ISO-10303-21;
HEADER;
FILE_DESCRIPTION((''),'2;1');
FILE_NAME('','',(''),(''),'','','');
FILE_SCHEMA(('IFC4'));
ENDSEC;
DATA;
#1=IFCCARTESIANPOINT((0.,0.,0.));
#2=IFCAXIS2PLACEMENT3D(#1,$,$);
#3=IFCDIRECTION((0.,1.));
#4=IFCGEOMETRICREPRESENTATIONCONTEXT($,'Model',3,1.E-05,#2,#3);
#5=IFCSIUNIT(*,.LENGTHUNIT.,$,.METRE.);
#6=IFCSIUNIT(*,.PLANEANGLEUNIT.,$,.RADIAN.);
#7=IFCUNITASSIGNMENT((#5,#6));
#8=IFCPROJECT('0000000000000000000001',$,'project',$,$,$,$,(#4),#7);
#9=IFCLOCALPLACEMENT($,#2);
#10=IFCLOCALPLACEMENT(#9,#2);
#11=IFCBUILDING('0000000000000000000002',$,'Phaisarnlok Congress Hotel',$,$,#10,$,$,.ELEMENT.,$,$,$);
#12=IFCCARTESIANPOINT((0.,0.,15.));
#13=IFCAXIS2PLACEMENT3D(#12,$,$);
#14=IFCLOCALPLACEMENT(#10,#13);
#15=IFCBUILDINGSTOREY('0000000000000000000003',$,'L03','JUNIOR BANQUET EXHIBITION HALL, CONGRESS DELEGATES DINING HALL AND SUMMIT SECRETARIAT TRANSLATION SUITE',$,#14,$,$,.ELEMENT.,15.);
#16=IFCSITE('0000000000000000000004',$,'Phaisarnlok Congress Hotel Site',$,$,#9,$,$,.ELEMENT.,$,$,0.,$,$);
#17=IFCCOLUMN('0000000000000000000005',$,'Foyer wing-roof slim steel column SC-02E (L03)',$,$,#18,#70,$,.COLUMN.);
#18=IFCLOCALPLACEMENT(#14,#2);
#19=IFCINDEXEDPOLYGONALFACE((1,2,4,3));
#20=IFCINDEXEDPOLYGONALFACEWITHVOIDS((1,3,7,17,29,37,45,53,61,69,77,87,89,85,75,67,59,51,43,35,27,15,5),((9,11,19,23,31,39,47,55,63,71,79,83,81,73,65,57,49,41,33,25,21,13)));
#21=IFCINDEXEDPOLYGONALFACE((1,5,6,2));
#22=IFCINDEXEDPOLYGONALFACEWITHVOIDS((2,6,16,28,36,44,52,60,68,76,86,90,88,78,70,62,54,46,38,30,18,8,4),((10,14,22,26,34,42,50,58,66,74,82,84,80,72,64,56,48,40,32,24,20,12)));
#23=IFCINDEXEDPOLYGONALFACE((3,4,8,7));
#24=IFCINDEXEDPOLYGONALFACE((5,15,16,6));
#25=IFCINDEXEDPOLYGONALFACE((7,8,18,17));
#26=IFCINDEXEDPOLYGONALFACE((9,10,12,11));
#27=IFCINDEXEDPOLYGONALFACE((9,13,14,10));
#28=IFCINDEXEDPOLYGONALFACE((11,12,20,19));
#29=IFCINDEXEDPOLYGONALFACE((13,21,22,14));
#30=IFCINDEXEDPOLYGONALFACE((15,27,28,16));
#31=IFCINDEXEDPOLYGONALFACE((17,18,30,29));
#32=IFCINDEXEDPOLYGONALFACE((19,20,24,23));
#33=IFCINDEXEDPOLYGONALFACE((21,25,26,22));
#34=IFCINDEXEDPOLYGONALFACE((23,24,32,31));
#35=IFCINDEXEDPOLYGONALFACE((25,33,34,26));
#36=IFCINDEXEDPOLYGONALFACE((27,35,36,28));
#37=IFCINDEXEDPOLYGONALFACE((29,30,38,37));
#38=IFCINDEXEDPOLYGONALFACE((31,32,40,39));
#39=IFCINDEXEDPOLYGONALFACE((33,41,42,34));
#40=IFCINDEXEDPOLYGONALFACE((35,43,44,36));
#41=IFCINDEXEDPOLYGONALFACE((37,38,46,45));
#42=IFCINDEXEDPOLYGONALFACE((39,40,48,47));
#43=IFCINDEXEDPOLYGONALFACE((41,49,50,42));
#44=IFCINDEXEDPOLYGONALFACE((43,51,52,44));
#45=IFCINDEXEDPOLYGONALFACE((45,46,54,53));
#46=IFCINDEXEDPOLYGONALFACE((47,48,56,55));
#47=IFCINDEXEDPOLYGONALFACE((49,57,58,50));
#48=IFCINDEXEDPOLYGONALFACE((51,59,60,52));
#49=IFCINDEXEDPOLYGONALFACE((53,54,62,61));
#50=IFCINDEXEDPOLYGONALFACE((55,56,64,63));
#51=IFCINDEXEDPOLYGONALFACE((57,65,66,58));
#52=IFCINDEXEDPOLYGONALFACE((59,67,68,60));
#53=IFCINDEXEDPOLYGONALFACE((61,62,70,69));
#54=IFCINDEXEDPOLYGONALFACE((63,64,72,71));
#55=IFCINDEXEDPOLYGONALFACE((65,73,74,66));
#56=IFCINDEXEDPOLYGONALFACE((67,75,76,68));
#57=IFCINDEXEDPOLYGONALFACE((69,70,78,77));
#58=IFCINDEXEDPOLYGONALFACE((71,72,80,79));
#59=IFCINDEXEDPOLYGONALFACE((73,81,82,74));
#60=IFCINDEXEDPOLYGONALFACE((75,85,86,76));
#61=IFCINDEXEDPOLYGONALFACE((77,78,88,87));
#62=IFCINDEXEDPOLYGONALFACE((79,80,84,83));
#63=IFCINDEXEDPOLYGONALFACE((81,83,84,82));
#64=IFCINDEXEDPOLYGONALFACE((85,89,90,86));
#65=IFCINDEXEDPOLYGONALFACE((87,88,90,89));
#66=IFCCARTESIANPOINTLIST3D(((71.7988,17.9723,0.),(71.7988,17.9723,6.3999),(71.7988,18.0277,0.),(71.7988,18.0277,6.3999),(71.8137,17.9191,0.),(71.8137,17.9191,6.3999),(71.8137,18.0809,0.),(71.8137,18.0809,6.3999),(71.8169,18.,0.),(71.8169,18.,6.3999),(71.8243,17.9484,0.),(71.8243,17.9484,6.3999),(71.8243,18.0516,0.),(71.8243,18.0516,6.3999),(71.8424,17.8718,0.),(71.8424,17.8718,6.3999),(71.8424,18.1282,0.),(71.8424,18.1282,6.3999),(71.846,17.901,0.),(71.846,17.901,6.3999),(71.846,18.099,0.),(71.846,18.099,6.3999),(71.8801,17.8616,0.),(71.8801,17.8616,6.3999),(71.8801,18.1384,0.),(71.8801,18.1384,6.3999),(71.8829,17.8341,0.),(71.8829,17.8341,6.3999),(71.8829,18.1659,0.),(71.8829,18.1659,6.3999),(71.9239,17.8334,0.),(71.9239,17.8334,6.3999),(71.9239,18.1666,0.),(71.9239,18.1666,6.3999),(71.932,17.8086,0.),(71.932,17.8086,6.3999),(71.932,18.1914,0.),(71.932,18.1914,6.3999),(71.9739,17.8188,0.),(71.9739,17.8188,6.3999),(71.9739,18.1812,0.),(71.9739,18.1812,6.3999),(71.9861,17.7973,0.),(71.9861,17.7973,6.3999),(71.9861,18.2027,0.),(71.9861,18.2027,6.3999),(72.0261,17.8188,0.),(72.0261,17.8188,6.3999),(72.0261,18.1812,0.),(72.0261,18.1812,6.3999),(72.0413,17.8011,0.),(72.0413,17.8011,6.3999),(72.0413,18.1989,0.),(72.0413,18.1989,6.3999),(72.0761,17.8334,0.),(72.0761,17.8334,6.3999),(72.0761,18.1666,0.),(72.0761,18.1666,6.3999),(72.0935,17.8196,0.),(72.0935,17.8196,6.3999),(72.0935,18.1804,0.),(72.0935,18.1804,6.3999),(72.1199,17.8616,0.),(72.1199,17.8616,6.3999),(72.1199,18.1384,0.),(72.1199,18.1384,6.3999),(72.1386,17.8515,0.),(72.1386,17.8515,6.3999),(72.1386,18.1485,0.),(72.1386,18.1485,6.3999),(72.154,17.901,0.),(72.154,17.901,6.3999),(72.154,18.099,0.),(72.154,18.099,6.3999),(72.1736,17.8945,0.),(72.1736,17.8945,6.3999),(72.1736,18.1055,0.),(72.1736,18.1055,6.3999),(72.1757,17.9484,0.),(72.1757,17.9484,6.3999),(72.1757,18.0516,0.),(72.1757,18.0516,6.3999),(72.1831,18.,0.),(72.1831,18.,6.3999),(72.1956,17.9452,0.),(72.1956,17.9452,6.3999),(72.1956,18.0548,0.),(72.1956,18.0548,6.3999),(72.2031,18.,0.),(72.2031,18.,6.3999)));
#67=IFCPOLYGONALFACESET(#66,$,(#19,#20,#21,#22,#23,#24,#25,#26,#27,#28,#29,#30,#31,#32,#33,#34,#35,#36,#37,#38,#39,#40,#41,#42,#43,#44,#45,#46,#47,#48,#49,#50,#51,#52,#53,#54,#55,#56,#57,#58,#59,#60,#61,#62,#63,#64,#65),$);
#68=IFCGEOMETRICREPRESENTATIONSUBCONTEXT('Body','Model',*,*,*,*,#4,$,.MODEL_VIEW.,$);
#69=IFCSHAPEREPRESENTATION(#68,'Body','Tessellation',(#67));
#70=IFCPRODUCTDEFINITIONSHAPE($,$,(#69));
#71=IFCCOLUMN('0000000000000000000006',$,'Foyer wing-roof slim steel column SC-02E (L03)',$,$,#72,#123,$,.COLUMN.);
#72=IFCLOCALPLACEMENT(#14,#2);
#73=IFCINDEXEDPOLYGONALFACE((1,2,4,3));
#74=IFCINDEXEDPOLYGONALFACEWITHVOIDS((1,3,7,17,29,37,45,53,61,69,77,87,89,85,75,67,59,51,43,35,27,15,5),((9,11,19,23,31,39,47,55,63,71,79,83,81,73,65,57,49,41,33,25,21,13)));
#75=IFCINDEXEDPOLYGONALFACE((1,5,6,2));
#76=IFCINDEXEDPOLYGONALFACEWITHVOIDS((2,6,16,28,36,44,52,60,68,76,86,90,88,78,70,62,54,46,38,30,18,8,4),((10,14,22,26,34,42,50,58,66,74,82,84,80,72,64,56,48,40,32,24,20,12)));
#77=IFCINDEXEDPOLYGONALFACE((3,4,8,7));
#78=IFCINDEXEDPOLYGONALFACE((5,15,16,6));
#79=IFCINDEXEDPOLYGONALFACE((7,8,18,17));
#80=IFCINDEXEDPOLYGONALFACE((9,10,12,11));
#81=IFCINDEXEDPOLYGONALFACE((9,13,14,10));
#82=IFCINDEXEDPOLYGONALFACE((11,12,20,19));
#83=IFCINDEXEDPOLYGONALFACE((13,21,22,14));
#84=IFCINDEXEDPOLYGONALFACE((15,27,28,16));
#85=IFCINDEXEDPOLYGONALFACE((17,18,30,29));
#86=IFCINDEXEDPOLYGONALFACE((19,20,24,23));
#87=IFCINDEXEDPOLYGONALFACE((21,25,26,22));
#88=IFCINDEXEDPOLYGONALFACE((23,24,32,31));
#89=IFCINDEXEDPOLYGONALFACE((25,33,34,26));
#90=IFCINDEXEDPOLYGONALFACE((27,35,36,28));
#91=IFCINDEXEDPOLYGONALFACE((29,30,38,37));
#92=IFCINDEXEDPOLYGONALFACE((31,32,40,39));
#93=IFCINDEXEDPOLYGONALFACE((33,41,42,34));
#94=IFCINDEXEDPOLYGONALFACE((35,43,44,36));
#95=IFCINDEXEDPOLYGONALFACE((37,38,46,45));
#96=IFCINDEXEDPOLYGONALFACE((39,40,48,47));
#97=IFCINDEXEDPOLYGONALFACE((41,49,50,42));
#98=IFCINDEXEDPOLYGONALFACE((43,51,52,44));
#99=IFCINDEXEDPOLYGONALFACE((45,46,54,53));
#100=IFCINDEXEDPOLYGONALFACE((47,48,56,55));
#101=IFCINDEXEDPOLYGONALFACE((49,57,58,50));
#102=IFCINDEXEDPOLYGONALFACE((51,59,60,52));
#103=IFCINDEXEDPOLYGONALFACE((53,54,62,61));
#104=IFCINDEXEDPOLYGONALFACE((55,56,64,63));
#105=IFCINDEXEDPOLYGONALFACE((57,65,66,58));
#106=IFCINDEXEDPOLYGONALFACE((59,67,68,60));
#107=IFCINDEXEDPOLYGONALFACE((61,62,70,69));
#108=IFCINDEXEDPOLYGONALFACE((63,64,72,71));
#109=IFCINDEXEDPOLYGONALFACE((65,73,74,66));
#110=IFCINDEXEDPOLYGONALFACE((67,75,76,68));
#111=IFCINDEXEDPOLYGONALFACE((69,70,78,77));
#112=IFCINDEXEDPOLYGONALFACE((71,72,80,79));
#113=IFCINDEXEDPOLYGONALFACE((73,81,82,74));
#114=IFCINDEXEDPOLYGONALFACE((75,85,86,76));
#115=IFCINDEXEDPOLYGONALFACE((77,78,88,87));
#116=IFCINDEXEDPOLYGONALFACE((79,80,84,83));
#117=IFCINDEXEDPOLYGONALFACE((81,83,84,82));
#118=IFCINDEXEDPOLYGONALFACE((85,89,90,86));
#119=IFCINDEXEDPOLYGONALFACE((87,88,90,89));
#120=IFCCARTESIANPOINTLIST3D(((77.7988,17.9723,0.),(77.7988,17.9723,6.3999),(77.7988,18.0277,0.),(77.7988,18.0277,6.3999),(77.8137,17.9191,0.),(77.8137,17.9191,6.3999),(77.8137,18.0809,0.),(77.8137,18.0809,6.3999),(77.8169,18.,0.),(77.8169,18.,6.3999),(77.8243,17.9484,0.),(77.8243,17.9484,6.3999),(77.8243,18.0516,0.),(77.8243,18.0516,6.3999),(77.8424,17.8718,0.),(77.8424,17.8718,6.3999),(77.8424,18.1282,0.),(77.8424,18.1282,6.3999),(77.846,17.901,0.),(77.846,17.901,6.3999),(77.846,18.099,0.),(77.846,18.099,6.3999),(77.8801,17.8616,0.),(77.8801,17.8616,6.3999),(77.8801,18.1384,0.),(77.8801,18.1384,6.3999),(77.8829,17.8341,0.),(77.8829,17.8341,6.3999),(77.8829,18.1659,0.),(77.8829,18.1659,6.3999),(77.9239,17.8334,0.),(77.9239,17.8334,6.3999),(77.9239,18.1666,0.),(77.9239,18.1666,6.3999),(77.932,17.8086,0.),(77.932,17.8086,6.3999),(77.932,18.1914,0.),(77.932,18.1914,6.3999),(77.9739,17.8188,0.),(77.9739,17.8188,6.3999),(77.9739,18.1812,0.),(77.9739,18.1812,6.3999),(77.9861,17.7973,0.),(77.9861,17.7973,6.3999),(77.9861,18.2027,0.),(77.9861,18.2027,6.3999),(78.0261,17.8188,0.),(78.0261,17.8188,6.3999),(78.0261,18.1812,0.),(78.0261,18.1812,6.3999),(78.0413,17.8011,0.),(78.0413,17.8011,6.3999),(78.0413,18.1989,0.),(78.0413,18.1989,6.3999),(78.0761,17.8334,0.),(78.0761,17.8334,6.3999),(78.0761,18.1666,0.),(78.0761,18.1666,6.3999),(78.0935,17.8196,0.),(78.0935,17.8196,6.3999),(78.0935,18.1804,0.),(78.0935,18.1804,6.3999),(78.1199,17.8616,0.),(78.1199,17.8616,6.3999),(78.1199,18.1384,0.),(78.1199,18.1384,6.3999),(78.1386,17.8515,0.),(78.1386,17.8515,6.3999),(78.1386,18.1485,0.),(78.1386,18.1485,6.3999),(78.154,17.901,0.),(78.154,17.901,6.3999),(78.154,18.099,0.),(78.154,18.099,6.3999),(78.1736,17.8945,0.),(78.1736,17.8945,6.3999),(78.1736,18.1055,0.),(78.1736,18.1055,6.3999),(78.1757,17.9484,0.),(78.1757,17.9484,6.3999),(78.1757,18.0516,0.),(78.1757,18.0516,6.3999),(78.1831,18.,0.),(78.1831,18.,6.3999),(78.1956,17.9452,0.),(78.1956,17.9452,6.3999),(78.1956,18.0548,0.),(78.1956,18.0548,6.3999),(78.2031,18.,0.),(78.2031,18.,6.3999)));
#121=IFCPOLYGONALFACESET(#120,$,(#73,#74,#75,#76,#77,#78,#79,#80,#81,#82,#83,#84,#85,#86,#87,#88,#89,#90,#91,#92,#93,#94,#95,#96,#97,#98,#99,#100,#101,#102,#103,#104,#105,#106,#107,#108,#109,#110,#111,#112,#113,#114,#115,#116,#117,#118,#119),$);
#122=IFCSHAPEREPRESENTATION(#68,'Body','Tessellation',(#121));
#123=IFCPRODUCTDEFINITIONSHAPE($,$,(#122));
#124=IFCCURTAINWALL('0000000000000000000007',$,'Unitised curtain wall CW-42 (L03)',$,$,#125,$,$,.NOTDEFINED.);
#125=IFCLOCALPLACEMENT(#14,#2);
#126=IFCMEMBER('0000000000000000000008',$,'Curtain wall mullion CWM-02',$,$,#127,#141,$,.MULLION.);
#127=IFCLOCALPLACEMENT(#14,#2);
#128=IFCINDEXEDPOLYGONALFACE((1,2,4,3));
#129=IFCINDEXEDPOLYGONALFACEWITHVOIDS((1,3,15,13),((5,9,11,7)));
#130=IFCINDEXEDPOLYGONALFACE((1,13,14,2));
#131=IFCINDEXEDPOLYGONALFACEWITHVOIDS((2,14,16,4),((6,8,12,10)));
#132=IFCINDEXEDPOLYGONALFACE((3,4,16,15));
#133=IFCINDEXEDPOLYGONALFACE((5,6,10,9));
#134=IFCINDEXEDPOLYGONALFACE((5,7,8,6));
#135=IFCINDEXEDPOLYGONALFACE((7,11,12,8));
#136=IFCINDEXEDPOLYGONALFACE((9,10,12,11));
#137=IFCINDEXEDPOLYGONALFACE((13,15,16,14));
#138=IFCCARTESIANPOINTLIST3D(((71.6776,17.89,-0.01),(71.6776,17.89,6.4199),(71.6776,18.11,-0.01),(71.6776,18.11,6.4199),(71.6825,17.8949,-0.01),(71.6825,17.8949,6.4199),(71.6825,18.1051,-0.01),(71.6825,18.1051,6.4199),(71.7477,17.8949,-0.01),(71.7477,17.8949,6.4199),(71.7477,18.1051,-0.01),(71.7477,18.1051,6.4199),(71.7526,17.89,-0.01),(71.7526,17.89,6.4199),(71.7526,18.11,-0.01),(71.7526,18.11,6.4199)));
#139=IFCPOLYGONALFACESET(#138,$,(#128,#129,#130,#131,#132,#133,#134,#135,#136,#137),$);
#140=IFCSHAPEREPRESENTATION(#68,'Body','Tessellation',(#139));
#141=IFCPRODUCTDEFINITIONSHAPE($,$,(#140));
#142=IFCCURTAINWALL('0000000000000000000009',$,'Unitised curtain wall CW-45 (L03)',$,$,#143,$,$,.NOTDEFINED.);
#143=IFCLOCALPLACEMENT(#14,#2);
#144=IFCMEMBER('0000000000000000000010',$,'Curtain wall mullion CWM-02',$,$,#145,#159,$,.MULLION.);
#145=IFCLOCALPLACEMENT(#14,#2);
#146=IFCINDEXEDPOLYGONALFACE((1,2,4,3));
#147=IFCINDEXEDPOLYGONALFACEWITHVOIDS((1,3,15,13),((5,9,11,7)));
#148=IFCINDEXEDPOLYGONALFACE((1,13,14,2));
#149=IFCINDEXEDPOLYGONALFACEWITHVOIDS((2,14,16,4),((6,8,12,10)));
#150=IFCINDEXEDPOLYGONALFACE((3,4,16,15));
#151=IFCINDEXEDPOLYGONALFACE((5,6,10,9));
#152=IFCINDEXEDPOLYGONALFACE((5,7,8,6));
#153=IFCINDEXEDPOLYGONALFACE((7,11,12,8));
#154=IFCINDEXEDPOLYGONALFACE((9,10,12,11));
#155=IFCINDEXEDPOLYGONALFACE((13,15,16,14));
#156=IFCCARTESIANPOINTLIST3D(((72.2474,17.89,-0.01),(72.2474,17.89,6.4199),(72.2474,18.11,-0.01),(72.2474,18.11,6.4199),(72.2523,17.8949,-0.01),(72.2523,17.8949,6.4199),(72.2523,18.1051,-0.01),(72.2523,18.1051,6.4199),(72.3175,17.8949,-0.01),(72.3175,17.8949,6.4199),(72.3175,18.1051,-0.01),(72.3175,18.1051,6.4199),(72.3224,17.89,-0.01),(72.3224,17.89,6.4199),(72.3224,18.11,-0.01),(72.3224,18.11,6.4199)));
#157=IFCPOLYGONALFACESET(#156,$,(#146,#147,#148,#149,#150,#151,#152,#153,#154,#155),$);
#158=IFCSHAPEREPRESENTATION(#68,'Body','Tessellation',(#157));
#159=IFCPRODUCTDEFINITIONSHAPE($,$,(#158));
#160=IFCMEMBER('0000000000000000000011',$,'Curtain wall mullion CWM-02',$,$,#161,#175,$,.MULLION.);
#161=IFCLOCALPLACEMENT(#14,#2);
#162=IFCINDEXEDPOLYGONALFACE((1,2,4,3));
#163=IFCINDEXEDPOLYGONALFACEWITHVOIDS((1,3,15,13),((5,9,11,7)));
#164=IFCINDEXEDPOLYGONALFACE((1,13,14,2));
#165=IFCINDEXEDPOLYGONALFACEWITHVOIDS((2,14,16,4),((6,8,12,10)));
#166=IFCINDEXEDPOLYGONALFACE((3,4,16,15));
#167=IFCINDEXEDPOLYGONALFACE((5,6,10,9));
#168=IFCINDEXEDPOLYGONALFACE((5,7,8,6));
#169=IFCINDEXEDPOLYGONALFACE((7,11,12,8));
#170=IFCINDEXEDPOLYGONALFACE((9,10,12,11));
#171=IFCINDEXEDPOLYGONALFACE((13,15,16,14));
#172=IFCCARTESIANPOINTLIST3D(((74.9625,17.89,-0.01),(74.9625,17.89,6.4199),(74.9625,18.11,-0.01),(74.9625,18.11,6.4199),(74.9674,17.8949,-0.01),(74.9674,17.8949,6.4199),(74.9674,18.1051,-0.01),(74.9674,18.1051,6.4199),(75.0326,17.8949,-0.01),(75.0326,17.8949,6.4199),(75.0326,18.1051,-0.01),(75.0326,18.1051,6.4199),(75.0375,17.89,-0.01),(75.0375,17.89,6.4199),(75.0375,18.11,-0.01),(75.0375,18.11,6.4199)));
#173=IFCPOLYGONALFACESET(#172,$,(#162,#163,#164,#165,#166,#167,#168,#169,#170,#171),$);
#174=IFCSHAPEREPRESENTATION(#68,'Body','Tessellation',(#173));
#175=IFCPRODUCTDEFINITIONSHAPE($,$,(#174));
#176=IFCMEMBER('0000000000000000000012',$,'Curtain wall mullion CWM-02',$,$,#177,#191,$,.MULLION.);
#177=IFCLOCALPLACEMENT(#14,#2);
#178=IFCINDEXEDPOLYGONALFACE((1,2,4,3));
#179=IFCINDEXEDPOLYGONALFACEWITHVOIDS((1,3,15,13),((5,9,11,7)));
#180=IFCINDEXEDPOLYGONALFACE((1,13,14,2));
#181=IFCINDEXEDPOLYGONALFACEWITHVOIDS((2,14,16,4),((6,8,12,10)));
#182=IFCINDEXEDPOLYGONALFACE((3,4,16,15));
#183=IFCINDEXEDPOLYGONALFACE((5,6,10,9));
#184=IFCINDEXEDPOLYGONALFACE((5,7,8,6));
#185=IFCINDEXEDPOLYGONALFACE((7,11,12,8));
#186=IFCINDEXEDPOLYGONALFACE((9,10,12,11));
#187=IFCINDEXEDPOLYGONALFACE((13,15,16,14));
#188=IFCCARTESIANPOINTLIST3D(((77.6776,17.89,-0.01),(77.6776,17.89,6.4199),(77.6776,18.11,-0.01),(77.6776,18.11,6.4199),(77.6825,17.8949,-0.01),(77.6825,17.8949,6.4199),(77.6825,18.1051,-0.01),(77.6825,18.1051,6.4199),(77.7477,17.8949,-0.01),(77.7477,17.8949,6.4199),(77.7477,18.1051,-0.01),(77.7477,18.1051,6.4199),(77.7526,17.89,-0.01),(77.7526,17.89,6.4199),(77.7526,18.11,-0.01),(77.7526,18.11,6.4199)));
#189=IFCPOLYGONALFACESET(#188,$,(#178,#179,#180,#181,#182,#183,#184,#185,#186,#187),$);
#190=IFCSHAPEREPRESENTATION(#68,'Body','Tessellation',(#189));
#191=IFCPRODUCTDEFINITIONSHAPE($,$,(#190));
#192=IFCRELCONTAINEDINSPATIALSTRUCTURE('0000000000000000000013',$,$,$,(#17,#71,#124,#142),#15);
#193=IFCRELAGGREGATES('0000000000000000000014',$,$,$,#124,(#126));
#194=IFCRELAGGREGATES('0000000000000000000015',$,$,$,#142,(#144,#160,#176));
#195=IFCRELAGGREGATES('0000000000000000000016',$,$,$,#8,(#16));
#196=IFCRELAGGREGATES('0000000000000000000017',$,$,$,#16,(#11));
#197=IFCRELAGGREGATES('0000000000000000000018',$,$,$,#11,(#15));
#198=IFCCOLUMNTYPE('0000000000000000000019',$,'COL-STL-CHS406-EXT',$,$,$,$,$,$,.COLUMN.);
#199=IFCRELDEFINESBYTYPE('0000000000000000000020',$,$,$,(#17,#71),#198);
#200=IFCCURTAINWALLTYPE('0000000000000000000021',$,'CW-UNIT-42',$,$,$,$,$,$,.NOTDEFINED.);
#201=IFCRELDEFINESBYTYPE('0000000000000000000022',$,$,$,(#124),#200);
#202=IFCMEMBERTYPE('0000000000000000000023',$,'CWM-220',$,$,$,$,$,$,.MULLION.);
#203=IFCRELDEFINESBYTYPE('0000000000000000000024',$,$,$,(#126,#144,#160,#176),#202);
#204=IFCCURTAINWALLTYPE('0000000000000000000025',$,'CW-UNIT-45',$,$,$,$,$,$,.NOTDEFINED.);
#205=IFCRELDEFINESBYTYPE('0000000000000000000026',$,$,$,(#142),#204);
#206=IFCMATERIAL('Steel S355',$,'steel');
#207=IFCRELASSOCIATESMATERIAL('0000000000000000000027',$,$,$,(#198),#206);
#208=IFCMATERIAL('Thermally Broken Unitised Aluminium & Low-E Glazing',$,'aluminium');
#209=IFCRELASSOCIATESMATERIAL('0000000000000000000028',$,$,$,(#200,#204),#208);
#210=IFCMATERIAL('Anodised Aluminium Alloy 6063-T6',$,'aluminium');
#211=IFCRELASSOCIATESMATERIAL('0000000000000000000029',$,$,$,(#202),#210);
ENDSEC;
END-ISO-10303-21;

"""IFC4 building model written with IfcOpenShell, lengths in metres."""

from ifc_helpers import new_model, si_unit, direction, frame, origin, origin_2d, place, context, subcontext, project, spatial, hollow_rectangle, hollow_circle, extrude, material, material_profile, profile_set, type_object, element, aggregate, save


model = new_model("IFC4")

# Units and contexts
model_context = context("Model", 3, precision=1e-05, world=origin(), true_north=direction((0.0, 1.0)))
body_context = subcontext(model_context, "Body", "Model", "MODEL_VIEW")
ifc_project = project(units=[si_unit("LENGTHUNIT", "METRE"), si_unit("PLANEANGLEUNIT", "RADIAN")], contexts=[model_context])

# Site, building, storey
site_placement = place(None, origin())
site = spatial("IfcSite", under=ifc_project, at=site_placement, Name="Phaisarnlok Congress Hotel Site", CompositionType="ELEMENT", RefElevation=0.0)
building_placement = place(site_placement, origin())
building = spatial("IfcBuilding", under=site, at=building_placement, Name="Phaisarnlok Congress Hotel", CompositionType="ELEMENT")
storey_placement = place(building_placement, frame((0.0, 0.0, 15.0)))
storey = spatial("IfcBuildingStorey", under=building, at=storey_placement, Name="L03", Description="JUNIOR BANQUET EXHIBITION HALL, CONGRESS DELEGATES DINING HALL AND SUMMIT SECRETARIAT TRANSLATION SUITE", CompositionType="ELEMENT", Elevation=15.0)

# Columns
ifc_material_1 = material(Name="Steel S355", Category="steel")
ifc_material_profile_1 = material_profile(ifc_material_1, hollow_circle(Radius=0.2031, WallThickness=0.02, at=origin_2d()), Name="CHS 406.4x20")
ifc_profile_set_1 = profile_set([ifc_material_profile_1], Name="Steel S355")
column_type = type_object("IfcColumnType", Name="COL-STL-CHS406-EXT", PredefinedType="COLUMN", material=ifc_profile_set_1)
for number, where, z_axis, x_axis, name in (
    (1, (72.0, 18.0, 0.0), (0.0, 0.0, 1.0), (1.0, 0.0, 0.0), "Foyer wing-roof slim steel column SC-02E (L03)"),
    (2, (78.0, 18.0, 0.0), (0.0, 0.0, 1.0), (1.0, 0.0, 0.0), "Foyer wing-roof slim steel column SC-02E (L03)"),
):
    element("IfcColumn", number, at=place(storey_placement, frame(where, z_axis=z_axis, x_axis=x_axis)), inside=storey, type_object=column_type, Name=name, PredefinedType="COLUMN", context=body_context, shape_type="SweptSolid", body=[
        extrude(hollow_circle(Radius=0.2031, WallThickness=0.02, at=origin_2d()), origin(), (0.0, 0.0, 1.0), 6.3999),
    ])

# Curtain wall, member
ifc_material_2 = material(Name="Thermally Broken Unitised Aluminium & Low-E Glazing", Category="aluminium")
curtain_wall_type_1 = type_object("IfcCurtainWallType", Name="CW-UNIT-42", PredefinedType="NOTDEFINED", material=ifc_material_2)
curtain_wall_1_placement = place(storey_placement, origin())
curtain_wall_1 = element("IfcCurtainWall", 3, at=curtain_wall_1_placement, inside=storey, type_object=curtain_wall_type_1, Name="Unitised curtain wall CW-42 (L03)", PredefinedType="NOTDEFINED")
ifc_material_3 = material(Name="Anodised Aluminium Alloy 6063-T6", Category="aluminium")
ifc_material_profile_2 = material_profile(ifc_material_3, hollow_rectangle(XDim=0.075, YDim=0.22, WallThickness=0.0049, at=origin_2d()), Name="ALU-M 75x220x5")
ifc_profile_set_2 = profile_set([ifc_material_profile_2], Name="Anodised Aluminium Alloy 6063-T6")
member_type_1 = type_object("IfcMemberType", Name="CWM-220", PredefinedType="MULLION", material=ifc_profile_set_2)
member_1_placement = place(storey_placement, frame((71.7151, 18.0, -0.01), z_axis=(0.0, 0.0, 1.0), x_axis=(1.0, 0.0, 0.0)))
member_1 = element("IfcMember", 4, at=member_1_placement, type_object=member_type_1, Name="Curtain wall mullion CWM-02", PredefinedType="MULLION", context=body_context, shape_type="SweptSolid", body=[
    extrude(hollow_rectangle(XDim=0.075, YDim=0.22, WallThickness=0.0049, at=origin_2d()), origin(), (0.0, 0.0, 1.0), 6.4299),
])

# Curtain wall, members
curtain_wall_type_2 = type_object("IfcCurtainWallType", Name="CW-UNIT-45", PredefinedType="NOTDEFINED", material=ifc_material_2)
curtain_wall_2_placement = place(storey_placement, origin())
curtain_wall_2 = element("IfcCurtainWall", 5, at=curtain_wall_2_placement, inside=storey, type_object=curtain_wall_type_2, Name="Unitised curtain wall CW-45 (L03)", PredefinedType="NOTDEFINED")
member_2_placement = place(storey_placement, frame((72.2849, 18.0, -0.01), z_axis=(0.0, 0.0, 1.0), x_axis=(1.0, 0.0, 0.0)))
member_2 = element("IfcMember", 6, at=member_2_placement, type_object=member_type_1, Name="Curtain wall mullion CWM-02", PredefinedType="MULLION", context=body_context, shape_type="SweptSolid", body=[
    extrude(hollow_rectangle(XDim=0.075, YDim=0.22, WallThickness=0.0049, at=origin_2d()), origin(), (0.0, 0.0, 1.0), 6.4299),
])
member_3_placement = place(storey_placement, frame((75.0, 18.0, -0.01), z_axis=(0.0, 0.0, 1.0), x_axis=(1.0, 0.0, 0.0)))
member_3 = element("IfcMember", 7, at=member_3_placement, type_object=member_type_1, Name="Curtain wall mullion CWM-02", PredefinedType="MULLION", context=body_context, shape_type="SweptSolid", body=[
    extrude(hollow_rectangle(XDim=0.075, YDim=0.22, WallThickness=0.0049, at=origin_2d()), origin(), (0.0, 0.0, 1.0), 6.4299),
])
member_4_placement = place(storey_placement, frame((77.7151, 18.0, -0.01), z_axis=(0.0, 0.0, 1.0), x_axis=(1.0, 0.0, 0.0)))
member_4 = element("IfcMember", 8, at=member_4_placement, type_object=member_type_1, Name="Curtain wall mullion CWM-02", PredefinedType="MULLION", context=body_context, shape_type="SweptSolid", body=[
    extrude(hollow_rectangle(XDim=0.075, YDim=0.22, WallThickness=0.0049, at=origin_2d()), origin(), (0.0, 0.0, 1.0), 6.4299),
])

aggregate(curtain_wall_1, [member_1])
aggregate(curtain_wall_2, [member_2, member_3, member_4])

save(model, "model.ifc")
